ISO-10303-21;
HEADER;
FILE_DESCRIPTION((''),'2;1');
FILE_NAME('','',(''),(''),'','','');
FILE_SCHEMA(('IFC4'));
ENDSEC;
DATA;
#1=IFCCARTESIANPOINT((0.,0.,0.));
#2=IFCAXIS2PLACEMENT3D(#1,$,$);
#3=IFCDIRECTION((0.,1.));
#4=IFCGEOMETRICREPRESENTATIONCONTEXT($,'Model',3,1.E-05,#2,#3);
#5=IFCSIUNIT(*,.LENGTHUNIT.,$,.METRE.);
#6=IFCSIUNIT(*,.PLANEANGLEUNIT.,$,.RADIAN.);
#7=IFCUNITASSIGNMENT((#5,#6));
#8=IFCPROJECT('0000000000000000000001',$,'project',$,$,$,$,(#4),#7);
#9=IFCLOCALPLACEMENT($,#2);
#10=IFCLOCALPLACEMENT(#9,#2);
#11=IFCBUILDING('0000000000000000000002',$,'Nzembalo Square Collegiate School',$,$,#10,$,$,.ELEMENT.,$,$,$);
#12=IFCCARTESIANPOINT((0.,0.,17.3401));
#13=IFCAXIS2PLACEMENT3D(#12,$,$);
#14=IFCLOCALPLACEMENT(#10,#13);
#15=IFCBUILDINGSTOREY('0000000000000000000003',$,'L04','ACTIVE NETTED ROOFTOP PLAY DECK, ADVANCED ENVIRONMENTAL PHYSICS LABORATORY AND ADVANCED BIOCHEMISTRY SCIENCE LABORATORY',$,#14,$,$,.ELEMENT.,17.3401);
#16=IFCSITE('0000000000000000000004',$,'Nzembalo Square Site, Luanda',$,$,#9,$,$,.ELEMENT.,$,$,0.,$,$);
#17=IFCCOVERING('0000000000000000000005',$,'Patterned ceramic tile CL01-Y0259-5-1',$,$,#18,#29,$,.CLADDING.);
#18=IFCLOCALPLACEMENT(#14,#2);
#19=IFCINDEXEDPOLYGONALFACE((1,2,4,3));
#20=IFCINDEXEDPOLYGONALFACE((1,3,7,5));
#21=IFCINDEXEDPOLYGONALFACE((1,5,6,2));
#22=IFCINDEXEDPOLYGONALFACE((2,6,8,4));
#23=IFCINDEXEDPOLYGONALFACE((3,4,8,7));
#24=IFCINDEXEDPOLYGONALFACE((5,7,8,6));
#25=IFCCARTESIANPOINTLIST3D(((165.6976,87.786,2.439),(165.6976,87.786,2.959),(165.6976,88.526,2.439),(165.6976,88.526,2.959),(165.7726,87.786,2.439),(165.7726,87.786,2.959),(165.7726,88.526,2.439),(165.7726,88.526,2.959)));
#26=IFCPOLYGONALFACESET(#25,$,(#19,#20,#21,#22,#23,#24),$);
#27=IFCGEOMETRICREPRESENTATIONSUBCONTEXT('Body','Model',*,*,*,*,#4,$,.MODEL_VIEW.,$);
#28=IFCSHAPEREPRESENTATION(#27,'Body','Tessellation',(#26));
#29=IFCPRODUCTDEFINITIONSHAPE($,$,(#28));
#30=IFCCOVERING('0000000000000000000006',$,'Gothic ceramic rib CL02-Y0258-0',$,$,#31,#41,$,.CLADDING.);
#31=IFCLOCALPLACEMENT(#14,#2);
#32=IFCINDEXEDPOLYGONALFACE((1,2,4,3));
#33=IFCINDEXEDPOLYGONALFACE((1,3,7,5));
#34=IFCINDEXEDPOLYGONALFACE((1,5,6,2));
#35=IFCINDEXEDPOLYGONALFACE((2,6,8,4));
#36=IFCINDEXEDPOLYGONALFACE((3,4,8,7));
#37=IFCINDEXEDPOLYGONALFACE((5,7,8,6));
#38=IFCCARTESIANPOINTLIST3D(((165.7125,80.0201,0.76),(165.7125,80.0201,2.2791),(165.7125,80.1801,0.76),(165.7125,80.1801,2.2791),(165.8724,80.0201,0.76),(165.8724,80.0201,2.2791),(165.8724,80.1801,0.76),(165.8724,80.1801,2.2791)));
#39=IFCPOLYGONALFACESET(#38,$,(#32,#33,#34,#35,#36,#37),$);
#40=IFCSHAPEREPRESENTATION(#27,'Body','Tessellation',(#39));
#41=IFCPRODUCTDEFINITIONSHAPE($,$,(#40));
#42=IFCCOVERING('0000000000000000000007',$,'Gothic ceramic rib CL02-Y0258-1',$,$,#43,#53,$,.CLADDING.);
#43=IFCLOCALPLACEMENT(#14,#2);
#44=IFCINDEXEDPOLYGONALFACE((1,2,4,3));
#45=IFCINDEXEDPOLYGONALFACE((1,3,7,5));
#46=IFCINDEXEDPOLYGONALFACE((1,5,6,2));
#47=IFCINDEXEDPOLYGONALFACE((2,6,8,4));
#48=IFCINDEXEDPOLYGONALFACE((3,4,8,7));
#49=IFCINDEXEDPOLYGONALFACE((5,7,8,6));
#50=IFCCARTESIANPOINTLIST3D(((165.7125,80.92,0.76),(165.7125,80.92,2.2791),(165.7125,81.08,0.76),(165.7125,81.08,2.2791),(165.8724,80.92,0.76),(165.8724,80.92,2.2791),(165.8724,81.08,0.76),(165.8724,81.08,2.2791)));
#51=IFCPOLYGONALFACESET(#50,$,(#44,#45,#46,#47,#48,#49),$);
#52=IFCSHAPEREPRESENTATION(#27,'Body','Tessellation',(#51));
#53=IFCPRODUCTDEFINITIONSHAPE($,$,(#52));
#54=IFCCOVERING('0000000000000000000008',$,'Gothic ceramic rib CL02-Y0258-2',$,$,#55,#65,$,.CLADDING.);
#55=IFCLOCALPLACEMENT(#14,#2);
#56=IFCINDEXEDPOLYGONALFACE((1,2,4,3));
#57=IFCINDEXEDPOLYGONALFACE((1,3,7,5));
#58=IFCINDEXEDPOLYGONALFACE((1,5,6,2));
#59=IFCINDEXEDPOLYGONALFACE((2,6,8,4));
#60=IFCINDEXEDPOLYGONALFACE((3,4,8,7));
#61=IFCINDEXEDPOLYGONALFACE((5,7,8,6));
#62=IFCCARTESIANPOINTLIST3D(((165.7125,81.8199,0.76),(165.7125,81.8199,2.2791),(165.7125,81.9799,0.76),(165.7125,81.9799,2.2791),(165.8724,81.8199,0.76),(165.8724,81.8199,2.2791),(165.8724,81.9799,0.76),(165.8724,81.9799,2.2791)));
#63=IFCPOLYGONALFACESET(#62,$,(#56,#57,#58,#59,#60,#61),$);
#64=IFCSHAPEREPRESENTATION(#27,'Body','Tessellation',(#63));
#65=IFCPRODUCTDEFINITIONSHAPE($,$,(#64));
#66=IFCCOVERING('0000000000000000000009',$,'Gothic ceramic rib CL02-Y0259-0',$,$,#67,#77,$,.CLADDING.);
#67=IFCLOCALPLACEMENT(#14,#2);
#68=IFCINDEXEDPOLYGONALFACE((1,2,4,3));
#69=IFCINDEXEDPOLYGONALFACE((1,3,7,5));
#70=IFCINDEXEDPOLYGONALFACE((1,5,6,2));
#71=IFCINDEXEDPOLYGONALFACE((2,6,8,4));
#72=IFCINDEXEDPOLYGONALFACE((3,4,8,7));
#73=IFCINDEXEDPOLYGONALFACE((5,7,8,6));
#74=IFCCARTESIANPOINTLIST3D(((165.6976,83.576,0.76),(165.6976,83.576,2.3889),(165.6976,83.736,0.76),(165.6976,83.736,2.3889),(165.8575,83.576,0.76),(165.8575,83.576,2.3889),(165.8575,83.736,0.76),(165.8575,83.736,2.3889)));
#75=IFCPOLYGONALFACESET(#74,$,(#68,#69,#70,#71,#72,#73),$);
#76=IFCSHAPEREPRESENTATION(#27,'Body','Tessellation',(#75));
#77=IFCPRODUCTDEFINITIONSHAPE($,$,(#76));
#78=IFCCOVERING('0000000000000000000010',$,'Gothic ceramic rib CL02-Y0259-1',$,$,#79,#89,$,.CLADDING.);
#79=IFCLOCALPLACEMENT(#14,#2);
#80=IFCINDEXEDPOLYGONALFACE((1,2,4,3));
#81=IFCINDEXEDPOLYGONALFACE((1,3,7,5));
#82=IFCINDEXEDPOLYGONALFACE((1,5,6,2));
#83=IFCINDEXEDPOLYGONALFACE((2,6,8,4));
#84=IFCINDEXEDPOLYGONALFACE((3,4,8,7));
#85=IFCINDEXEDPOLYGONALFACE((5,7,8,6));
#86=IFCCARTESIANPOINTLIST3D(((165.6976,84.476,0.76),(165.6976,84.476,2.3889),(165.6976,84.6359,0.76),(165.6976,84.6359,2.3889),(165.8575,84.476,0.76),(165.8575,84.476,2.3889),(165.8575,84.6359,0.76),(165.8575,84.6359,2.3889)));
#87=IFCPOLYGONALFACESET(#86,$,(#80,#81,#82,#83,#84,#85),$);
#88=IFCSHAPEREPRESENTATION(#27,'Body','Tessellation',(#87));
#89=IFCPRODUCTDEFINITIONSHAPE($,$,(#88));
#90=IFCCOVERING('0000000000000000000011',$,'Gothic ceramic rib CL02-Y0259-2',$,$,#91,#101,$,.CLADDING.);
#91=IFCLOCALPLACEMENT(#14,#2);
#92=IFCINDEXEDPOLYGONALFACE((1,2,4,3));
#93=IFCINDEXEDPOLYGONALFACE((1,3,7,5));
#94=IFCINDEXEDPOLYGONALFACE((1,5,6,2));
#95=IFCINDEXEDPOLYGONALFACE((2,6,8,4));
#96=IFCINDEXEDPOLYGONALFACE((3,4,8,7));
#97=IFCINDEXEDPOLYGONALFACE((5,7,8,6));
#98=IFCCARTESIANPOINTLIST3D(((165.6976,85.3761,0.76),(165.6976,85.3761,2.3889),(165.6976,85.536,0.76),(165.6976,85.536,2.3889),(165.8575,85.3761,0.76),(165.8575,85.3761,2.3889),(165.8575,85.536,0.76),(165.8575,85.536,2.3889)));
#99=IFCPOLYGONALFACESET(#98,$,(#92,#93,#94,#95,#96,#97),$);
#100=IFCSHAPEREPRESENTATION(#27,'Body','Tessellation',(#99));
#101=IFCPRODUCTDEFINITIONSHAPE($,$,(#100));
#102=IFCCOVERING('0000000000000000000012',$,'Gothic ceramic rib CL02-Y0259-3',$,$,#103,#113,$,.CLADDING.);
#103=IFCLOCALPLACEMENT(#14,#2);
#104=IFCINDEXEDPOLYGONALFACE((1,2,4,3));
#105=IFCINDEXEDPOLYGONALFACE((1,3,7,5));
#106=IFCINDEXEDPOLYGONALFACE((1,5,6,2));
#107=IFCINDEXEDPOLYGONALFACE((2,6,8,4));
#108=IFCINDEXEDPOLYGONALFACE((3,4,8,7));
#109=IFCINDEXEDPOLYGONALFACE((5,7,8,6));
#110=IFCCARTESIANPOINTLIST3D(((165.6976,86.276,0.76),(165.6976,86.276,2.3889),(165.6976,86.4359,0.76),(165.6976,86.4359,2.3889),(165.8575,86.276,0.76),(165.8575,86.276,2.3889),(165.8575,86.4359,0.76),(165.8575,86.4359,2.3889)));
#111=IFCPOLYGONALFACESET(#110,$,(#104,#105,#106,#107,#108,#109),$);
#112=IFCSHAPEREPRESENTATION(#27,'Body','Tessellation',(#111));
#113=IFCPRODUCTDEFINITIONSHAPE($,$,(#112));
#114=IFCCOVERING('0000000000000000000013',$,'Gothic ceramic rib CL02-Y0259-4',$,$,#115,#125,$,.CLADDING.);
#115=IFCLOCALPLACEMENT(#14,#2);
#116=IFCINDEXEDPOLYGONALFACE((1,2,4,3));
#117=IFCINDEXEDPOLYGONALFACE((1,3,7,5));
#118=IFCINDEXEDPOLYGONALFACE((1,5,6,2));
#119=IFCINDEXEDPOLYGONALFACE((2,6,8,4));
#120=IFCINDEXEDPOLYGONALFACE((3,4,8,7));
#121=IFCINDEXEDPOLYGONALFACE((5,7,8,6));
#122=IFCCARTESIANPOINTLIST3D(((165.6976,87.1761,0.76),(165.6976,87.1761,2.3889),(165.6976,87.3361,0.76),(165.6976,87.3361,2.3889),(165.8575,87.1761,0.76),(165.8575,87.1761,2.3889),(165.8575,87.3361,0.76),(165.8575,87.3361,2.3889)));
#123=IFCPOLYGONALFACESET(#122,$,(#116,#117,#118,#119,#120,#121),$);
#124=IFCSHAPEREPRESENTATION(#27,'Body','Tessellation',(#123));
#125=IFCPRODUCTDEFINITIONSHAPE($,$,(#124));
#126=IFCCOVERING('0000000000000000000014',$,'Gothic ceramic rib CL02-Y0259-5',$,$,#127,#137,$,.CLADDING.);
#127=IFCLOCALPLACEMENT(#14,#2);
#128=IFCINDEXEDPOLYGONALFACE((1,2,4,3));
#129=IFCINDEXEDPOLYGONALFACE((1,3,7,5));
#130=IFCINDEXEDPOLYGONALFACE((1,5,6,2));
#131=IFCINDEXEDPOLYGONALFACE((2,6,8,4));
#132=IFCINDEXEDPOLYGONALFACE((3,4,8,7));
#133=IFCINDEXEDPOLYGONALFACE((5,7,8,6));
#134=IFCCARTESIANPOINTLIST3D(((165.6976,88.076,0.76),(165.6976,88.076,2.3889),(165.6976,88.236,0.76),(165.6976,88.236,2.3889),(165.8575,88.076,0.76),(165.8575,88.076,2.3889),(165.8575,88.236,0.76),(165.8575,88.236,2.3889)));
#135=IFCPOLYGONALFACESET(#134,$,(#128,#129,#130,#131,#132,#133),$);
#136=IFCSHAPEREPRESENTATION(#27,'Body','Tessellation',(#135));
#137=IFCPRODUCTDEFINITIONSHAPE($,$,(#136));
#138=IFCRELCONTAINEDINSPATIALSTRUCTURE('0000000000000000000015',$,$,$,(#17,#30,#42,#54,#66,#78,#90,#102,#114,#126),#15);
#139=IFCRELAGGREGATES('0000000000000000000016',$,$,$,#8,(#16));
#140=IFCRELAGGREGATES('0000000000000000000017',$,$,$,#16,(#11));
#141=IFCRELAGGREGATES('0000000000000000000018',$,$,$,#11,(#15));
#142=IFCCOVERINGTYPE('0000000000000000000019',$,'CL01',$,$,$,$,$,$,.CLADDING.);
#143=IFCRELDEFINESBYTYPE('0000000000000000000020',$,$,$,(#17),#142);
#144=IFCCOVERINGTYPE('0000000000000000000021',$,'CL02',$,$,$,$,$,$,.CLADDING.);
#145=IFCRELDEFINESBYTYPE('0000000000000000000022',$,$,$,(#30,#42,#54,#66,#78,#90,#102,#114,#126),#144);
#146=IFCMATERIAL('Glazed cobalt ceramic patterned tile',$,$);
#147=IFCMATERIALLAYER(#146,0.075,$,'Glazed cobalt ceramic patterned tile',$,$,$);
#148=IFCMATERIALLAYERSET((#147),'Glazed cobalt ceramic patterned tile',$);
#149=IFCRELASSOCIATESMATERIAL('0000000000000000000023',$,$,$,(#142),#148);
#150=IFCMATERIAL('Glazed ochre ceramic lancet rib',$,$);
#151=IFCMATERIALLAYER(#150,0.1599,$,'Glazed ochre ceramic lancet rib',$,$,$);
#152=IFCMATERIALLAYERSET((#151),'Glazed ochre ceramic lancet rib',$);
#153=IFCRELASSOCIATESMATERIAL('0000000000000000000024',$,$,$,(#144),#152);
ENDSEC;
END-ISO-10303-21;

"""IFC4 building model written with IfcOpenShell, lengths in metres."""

from ifc_helpers import new_model, si_unit, direction, frame, origin, origin_2d, place, context, subcontext, project, spatial, rectangle, extrude, material, layer, layer_set, type_object, element, save


model = new_model("IFC4")

# Units and contexts
model_context = context("Model", 3, precision=1e-05, world=origin(), true_north=direction((0.0, 1.0)))
body_context = subcontext(model_context, "Body", "Model", "MODEL_VIEW")
ifc_project = project(units=[si_unit("LENGTHUNIT", "METRE"), si_unit("PLANEANGLEUNIT", "RADIAN")], contexts=[model_context])

# Site, building, storey
site_placement = place(None, origin())
site = spatial("IfcSite", under=ifc_project, at=site_placement, Name="Nzembalo Square Site, Luanda", CompositionType="ELEMENT", RefElevation=0.0)
building_placement = place(site_placement, origin())
building = spatial("IfcBuilding", under=site, at=building_placement, Name="Nzembalo Square Collegiate School", CompositionType="ELEMENT")
storey_placement = place(building_placement, frame((0.0, 0.0, 17.3401)))
storey = spatial("IfcBuildingStorey", under=building, at=storey_placement, Name="L04", Description="ACTIVE NETTED ROOFTOP PLAY DECK, ADVANCED ENVIRONMENTAL PHYSICS LABORATORY AND ADVANCED BIOCHEMISTRY SCIENCE LABORATORY", CompositionType="ELEMENT", Elevation=17.3401)

# Coverings
ifc_material_1 = material(Name="Glazed cobalt ceramic patterned tile")
ifc_layer_1 = layer(ifc_material_1, 0.075, Name="Glazed cobalt ceramic patterned tile")
ifc_layer_set_1 = layer_set([ifc_layer_1], Name="Glazed cobalt ceramic patterned tile")
covering_type_1 = type_object("IfcCoveringType", Name="CL01", PredefinedType="CLADDING", material=ifc_layer_set_1)
for number, where, z_axis, x_axis, name in (
    (1, (165.7351, 88.156, 2.439), (0.0, 0.0, 1.0), (1.0, 0.0, 0.0), "Patterned ceramic tile CL01-Y0259-5-1"),
):
    element("IfcCovering", number, at=place(storey_placement, frame(where, z_axis=z_axis, x_axis=x_axis)), inside=storey, type_object=covering_type_1, Name=name, PredefinedType="CLADDING", context=body_context, shape_type="SweptSolid", body=[
        extrude(rectangle(XDim=0.075, YDim=0.74, at=origin_2d()), origin(), (0.0, 0.0, 1.0), 0.52),
    ])
ifc_material_2 = material(Name="Glazed ochre ceramic lancet rib")
ifc_layer_2 = layer(ifc_material_2, 0.1599, Name="Glazed ochre ceramic lancet rib")
ifc_layer_set_2 = layer_set([ifc_layer_2], Name="Glazed ochre ceramic lancet rib")
covering_type_2 = type_object("IfcCoveringType", Name="CL02", PredefinedType="CLADDING", material=ifc_layer_set_2)
for number, where, z_axis, x_axis, name in (
    (2, (165.7925, 80.1001, 0.76), (0.0, 0.0, 1.0), (1.0, 0.0, 0.0), "Gothic ceramic rib CL02-Y0258-0"),
    (3, (165.7925, 81.0, 0.76), (0.0, 0.0, 1.0), (1.0, 0.0, 0.0), "Gothic ceramic rib CL02-Y0258-1"),
    (4, (165.7925, 81.8999, 0.76), (0.0, 0.0, 1.0), (1.0, 0.0, 0.0), "Gothic ceramic rib CL02-Y0258-2"),
):
    element("IfcCovering", number, at=place(storey_placement, frame(where, z_axis=z_axis, x_axis=x_axis)), inside=storey, type_object=covering_type_2, Name=name, PredefinedType="CLADDING", context=body_context, shape_type="SweptSolid", body=[
        extrude(rectangle(XDim=0.1599, YDim=0.1599, at=origin_2d()), origin(), (0.0, 0.0, 1.0), 1.519),
    ])
for number, where, z_axis, x_axis, name in (
    (5, (165.7776, 83.656, 0.76), (0.0, 0.0, 1.0), (1.0, 0.0, 0.0), "Gothic ceramic rib CL02-Y0259-0"),
    (6, (165.7776, 84.5559, 0.76), (0.0, 0.0, 1.0), (1.0, 0.0, 0.0), "Gothic ceramic rib CL02-Y0259-1"),
    (7, (165.7776, 85.4561, 0.76), (0.0, 0.0, 1.0), (1.0, 0.0, 0.0), "Gothic ceramic rib CL02-Y0259-2"),
    (8, (165.7776, 86.356, 0.76), (0.0, 0.0, 1.0), (1.0, 0.0, 0.0), "Gothic ceramic rib CL02-Y0259-3"),
    (9, (165.7776, 87.2561, 0.76), (0.0, 0.0, 1.0), (1.0, 0.0, 0.0), "Gothic ceramic rib CL02-Y0259-4"),
    (10, (165.7776, 88.156, 0.76), (0.0, 0.0, 1.0), (1.0, 0.0, 0.0), "Gothic ceramic rib CL02-Y0259-5"),
):
    element("IfcCovering", number, at=place(storey_placement, frame(where, z_axis=z_axis, x_axis=x_axis)), inside=storey, type_object=covering_type_2, Name=name, PredefinedType="CLADDING", context=body_context, shape_type="SweptSolid", body=[
        extrude(rectangle(XDim=0.1599, YDim=0.1599, at=origin_2d()), origin(), (0.0, 0.0, 1.0), 1.6289),
    ])

save(model, "model.ifc")
